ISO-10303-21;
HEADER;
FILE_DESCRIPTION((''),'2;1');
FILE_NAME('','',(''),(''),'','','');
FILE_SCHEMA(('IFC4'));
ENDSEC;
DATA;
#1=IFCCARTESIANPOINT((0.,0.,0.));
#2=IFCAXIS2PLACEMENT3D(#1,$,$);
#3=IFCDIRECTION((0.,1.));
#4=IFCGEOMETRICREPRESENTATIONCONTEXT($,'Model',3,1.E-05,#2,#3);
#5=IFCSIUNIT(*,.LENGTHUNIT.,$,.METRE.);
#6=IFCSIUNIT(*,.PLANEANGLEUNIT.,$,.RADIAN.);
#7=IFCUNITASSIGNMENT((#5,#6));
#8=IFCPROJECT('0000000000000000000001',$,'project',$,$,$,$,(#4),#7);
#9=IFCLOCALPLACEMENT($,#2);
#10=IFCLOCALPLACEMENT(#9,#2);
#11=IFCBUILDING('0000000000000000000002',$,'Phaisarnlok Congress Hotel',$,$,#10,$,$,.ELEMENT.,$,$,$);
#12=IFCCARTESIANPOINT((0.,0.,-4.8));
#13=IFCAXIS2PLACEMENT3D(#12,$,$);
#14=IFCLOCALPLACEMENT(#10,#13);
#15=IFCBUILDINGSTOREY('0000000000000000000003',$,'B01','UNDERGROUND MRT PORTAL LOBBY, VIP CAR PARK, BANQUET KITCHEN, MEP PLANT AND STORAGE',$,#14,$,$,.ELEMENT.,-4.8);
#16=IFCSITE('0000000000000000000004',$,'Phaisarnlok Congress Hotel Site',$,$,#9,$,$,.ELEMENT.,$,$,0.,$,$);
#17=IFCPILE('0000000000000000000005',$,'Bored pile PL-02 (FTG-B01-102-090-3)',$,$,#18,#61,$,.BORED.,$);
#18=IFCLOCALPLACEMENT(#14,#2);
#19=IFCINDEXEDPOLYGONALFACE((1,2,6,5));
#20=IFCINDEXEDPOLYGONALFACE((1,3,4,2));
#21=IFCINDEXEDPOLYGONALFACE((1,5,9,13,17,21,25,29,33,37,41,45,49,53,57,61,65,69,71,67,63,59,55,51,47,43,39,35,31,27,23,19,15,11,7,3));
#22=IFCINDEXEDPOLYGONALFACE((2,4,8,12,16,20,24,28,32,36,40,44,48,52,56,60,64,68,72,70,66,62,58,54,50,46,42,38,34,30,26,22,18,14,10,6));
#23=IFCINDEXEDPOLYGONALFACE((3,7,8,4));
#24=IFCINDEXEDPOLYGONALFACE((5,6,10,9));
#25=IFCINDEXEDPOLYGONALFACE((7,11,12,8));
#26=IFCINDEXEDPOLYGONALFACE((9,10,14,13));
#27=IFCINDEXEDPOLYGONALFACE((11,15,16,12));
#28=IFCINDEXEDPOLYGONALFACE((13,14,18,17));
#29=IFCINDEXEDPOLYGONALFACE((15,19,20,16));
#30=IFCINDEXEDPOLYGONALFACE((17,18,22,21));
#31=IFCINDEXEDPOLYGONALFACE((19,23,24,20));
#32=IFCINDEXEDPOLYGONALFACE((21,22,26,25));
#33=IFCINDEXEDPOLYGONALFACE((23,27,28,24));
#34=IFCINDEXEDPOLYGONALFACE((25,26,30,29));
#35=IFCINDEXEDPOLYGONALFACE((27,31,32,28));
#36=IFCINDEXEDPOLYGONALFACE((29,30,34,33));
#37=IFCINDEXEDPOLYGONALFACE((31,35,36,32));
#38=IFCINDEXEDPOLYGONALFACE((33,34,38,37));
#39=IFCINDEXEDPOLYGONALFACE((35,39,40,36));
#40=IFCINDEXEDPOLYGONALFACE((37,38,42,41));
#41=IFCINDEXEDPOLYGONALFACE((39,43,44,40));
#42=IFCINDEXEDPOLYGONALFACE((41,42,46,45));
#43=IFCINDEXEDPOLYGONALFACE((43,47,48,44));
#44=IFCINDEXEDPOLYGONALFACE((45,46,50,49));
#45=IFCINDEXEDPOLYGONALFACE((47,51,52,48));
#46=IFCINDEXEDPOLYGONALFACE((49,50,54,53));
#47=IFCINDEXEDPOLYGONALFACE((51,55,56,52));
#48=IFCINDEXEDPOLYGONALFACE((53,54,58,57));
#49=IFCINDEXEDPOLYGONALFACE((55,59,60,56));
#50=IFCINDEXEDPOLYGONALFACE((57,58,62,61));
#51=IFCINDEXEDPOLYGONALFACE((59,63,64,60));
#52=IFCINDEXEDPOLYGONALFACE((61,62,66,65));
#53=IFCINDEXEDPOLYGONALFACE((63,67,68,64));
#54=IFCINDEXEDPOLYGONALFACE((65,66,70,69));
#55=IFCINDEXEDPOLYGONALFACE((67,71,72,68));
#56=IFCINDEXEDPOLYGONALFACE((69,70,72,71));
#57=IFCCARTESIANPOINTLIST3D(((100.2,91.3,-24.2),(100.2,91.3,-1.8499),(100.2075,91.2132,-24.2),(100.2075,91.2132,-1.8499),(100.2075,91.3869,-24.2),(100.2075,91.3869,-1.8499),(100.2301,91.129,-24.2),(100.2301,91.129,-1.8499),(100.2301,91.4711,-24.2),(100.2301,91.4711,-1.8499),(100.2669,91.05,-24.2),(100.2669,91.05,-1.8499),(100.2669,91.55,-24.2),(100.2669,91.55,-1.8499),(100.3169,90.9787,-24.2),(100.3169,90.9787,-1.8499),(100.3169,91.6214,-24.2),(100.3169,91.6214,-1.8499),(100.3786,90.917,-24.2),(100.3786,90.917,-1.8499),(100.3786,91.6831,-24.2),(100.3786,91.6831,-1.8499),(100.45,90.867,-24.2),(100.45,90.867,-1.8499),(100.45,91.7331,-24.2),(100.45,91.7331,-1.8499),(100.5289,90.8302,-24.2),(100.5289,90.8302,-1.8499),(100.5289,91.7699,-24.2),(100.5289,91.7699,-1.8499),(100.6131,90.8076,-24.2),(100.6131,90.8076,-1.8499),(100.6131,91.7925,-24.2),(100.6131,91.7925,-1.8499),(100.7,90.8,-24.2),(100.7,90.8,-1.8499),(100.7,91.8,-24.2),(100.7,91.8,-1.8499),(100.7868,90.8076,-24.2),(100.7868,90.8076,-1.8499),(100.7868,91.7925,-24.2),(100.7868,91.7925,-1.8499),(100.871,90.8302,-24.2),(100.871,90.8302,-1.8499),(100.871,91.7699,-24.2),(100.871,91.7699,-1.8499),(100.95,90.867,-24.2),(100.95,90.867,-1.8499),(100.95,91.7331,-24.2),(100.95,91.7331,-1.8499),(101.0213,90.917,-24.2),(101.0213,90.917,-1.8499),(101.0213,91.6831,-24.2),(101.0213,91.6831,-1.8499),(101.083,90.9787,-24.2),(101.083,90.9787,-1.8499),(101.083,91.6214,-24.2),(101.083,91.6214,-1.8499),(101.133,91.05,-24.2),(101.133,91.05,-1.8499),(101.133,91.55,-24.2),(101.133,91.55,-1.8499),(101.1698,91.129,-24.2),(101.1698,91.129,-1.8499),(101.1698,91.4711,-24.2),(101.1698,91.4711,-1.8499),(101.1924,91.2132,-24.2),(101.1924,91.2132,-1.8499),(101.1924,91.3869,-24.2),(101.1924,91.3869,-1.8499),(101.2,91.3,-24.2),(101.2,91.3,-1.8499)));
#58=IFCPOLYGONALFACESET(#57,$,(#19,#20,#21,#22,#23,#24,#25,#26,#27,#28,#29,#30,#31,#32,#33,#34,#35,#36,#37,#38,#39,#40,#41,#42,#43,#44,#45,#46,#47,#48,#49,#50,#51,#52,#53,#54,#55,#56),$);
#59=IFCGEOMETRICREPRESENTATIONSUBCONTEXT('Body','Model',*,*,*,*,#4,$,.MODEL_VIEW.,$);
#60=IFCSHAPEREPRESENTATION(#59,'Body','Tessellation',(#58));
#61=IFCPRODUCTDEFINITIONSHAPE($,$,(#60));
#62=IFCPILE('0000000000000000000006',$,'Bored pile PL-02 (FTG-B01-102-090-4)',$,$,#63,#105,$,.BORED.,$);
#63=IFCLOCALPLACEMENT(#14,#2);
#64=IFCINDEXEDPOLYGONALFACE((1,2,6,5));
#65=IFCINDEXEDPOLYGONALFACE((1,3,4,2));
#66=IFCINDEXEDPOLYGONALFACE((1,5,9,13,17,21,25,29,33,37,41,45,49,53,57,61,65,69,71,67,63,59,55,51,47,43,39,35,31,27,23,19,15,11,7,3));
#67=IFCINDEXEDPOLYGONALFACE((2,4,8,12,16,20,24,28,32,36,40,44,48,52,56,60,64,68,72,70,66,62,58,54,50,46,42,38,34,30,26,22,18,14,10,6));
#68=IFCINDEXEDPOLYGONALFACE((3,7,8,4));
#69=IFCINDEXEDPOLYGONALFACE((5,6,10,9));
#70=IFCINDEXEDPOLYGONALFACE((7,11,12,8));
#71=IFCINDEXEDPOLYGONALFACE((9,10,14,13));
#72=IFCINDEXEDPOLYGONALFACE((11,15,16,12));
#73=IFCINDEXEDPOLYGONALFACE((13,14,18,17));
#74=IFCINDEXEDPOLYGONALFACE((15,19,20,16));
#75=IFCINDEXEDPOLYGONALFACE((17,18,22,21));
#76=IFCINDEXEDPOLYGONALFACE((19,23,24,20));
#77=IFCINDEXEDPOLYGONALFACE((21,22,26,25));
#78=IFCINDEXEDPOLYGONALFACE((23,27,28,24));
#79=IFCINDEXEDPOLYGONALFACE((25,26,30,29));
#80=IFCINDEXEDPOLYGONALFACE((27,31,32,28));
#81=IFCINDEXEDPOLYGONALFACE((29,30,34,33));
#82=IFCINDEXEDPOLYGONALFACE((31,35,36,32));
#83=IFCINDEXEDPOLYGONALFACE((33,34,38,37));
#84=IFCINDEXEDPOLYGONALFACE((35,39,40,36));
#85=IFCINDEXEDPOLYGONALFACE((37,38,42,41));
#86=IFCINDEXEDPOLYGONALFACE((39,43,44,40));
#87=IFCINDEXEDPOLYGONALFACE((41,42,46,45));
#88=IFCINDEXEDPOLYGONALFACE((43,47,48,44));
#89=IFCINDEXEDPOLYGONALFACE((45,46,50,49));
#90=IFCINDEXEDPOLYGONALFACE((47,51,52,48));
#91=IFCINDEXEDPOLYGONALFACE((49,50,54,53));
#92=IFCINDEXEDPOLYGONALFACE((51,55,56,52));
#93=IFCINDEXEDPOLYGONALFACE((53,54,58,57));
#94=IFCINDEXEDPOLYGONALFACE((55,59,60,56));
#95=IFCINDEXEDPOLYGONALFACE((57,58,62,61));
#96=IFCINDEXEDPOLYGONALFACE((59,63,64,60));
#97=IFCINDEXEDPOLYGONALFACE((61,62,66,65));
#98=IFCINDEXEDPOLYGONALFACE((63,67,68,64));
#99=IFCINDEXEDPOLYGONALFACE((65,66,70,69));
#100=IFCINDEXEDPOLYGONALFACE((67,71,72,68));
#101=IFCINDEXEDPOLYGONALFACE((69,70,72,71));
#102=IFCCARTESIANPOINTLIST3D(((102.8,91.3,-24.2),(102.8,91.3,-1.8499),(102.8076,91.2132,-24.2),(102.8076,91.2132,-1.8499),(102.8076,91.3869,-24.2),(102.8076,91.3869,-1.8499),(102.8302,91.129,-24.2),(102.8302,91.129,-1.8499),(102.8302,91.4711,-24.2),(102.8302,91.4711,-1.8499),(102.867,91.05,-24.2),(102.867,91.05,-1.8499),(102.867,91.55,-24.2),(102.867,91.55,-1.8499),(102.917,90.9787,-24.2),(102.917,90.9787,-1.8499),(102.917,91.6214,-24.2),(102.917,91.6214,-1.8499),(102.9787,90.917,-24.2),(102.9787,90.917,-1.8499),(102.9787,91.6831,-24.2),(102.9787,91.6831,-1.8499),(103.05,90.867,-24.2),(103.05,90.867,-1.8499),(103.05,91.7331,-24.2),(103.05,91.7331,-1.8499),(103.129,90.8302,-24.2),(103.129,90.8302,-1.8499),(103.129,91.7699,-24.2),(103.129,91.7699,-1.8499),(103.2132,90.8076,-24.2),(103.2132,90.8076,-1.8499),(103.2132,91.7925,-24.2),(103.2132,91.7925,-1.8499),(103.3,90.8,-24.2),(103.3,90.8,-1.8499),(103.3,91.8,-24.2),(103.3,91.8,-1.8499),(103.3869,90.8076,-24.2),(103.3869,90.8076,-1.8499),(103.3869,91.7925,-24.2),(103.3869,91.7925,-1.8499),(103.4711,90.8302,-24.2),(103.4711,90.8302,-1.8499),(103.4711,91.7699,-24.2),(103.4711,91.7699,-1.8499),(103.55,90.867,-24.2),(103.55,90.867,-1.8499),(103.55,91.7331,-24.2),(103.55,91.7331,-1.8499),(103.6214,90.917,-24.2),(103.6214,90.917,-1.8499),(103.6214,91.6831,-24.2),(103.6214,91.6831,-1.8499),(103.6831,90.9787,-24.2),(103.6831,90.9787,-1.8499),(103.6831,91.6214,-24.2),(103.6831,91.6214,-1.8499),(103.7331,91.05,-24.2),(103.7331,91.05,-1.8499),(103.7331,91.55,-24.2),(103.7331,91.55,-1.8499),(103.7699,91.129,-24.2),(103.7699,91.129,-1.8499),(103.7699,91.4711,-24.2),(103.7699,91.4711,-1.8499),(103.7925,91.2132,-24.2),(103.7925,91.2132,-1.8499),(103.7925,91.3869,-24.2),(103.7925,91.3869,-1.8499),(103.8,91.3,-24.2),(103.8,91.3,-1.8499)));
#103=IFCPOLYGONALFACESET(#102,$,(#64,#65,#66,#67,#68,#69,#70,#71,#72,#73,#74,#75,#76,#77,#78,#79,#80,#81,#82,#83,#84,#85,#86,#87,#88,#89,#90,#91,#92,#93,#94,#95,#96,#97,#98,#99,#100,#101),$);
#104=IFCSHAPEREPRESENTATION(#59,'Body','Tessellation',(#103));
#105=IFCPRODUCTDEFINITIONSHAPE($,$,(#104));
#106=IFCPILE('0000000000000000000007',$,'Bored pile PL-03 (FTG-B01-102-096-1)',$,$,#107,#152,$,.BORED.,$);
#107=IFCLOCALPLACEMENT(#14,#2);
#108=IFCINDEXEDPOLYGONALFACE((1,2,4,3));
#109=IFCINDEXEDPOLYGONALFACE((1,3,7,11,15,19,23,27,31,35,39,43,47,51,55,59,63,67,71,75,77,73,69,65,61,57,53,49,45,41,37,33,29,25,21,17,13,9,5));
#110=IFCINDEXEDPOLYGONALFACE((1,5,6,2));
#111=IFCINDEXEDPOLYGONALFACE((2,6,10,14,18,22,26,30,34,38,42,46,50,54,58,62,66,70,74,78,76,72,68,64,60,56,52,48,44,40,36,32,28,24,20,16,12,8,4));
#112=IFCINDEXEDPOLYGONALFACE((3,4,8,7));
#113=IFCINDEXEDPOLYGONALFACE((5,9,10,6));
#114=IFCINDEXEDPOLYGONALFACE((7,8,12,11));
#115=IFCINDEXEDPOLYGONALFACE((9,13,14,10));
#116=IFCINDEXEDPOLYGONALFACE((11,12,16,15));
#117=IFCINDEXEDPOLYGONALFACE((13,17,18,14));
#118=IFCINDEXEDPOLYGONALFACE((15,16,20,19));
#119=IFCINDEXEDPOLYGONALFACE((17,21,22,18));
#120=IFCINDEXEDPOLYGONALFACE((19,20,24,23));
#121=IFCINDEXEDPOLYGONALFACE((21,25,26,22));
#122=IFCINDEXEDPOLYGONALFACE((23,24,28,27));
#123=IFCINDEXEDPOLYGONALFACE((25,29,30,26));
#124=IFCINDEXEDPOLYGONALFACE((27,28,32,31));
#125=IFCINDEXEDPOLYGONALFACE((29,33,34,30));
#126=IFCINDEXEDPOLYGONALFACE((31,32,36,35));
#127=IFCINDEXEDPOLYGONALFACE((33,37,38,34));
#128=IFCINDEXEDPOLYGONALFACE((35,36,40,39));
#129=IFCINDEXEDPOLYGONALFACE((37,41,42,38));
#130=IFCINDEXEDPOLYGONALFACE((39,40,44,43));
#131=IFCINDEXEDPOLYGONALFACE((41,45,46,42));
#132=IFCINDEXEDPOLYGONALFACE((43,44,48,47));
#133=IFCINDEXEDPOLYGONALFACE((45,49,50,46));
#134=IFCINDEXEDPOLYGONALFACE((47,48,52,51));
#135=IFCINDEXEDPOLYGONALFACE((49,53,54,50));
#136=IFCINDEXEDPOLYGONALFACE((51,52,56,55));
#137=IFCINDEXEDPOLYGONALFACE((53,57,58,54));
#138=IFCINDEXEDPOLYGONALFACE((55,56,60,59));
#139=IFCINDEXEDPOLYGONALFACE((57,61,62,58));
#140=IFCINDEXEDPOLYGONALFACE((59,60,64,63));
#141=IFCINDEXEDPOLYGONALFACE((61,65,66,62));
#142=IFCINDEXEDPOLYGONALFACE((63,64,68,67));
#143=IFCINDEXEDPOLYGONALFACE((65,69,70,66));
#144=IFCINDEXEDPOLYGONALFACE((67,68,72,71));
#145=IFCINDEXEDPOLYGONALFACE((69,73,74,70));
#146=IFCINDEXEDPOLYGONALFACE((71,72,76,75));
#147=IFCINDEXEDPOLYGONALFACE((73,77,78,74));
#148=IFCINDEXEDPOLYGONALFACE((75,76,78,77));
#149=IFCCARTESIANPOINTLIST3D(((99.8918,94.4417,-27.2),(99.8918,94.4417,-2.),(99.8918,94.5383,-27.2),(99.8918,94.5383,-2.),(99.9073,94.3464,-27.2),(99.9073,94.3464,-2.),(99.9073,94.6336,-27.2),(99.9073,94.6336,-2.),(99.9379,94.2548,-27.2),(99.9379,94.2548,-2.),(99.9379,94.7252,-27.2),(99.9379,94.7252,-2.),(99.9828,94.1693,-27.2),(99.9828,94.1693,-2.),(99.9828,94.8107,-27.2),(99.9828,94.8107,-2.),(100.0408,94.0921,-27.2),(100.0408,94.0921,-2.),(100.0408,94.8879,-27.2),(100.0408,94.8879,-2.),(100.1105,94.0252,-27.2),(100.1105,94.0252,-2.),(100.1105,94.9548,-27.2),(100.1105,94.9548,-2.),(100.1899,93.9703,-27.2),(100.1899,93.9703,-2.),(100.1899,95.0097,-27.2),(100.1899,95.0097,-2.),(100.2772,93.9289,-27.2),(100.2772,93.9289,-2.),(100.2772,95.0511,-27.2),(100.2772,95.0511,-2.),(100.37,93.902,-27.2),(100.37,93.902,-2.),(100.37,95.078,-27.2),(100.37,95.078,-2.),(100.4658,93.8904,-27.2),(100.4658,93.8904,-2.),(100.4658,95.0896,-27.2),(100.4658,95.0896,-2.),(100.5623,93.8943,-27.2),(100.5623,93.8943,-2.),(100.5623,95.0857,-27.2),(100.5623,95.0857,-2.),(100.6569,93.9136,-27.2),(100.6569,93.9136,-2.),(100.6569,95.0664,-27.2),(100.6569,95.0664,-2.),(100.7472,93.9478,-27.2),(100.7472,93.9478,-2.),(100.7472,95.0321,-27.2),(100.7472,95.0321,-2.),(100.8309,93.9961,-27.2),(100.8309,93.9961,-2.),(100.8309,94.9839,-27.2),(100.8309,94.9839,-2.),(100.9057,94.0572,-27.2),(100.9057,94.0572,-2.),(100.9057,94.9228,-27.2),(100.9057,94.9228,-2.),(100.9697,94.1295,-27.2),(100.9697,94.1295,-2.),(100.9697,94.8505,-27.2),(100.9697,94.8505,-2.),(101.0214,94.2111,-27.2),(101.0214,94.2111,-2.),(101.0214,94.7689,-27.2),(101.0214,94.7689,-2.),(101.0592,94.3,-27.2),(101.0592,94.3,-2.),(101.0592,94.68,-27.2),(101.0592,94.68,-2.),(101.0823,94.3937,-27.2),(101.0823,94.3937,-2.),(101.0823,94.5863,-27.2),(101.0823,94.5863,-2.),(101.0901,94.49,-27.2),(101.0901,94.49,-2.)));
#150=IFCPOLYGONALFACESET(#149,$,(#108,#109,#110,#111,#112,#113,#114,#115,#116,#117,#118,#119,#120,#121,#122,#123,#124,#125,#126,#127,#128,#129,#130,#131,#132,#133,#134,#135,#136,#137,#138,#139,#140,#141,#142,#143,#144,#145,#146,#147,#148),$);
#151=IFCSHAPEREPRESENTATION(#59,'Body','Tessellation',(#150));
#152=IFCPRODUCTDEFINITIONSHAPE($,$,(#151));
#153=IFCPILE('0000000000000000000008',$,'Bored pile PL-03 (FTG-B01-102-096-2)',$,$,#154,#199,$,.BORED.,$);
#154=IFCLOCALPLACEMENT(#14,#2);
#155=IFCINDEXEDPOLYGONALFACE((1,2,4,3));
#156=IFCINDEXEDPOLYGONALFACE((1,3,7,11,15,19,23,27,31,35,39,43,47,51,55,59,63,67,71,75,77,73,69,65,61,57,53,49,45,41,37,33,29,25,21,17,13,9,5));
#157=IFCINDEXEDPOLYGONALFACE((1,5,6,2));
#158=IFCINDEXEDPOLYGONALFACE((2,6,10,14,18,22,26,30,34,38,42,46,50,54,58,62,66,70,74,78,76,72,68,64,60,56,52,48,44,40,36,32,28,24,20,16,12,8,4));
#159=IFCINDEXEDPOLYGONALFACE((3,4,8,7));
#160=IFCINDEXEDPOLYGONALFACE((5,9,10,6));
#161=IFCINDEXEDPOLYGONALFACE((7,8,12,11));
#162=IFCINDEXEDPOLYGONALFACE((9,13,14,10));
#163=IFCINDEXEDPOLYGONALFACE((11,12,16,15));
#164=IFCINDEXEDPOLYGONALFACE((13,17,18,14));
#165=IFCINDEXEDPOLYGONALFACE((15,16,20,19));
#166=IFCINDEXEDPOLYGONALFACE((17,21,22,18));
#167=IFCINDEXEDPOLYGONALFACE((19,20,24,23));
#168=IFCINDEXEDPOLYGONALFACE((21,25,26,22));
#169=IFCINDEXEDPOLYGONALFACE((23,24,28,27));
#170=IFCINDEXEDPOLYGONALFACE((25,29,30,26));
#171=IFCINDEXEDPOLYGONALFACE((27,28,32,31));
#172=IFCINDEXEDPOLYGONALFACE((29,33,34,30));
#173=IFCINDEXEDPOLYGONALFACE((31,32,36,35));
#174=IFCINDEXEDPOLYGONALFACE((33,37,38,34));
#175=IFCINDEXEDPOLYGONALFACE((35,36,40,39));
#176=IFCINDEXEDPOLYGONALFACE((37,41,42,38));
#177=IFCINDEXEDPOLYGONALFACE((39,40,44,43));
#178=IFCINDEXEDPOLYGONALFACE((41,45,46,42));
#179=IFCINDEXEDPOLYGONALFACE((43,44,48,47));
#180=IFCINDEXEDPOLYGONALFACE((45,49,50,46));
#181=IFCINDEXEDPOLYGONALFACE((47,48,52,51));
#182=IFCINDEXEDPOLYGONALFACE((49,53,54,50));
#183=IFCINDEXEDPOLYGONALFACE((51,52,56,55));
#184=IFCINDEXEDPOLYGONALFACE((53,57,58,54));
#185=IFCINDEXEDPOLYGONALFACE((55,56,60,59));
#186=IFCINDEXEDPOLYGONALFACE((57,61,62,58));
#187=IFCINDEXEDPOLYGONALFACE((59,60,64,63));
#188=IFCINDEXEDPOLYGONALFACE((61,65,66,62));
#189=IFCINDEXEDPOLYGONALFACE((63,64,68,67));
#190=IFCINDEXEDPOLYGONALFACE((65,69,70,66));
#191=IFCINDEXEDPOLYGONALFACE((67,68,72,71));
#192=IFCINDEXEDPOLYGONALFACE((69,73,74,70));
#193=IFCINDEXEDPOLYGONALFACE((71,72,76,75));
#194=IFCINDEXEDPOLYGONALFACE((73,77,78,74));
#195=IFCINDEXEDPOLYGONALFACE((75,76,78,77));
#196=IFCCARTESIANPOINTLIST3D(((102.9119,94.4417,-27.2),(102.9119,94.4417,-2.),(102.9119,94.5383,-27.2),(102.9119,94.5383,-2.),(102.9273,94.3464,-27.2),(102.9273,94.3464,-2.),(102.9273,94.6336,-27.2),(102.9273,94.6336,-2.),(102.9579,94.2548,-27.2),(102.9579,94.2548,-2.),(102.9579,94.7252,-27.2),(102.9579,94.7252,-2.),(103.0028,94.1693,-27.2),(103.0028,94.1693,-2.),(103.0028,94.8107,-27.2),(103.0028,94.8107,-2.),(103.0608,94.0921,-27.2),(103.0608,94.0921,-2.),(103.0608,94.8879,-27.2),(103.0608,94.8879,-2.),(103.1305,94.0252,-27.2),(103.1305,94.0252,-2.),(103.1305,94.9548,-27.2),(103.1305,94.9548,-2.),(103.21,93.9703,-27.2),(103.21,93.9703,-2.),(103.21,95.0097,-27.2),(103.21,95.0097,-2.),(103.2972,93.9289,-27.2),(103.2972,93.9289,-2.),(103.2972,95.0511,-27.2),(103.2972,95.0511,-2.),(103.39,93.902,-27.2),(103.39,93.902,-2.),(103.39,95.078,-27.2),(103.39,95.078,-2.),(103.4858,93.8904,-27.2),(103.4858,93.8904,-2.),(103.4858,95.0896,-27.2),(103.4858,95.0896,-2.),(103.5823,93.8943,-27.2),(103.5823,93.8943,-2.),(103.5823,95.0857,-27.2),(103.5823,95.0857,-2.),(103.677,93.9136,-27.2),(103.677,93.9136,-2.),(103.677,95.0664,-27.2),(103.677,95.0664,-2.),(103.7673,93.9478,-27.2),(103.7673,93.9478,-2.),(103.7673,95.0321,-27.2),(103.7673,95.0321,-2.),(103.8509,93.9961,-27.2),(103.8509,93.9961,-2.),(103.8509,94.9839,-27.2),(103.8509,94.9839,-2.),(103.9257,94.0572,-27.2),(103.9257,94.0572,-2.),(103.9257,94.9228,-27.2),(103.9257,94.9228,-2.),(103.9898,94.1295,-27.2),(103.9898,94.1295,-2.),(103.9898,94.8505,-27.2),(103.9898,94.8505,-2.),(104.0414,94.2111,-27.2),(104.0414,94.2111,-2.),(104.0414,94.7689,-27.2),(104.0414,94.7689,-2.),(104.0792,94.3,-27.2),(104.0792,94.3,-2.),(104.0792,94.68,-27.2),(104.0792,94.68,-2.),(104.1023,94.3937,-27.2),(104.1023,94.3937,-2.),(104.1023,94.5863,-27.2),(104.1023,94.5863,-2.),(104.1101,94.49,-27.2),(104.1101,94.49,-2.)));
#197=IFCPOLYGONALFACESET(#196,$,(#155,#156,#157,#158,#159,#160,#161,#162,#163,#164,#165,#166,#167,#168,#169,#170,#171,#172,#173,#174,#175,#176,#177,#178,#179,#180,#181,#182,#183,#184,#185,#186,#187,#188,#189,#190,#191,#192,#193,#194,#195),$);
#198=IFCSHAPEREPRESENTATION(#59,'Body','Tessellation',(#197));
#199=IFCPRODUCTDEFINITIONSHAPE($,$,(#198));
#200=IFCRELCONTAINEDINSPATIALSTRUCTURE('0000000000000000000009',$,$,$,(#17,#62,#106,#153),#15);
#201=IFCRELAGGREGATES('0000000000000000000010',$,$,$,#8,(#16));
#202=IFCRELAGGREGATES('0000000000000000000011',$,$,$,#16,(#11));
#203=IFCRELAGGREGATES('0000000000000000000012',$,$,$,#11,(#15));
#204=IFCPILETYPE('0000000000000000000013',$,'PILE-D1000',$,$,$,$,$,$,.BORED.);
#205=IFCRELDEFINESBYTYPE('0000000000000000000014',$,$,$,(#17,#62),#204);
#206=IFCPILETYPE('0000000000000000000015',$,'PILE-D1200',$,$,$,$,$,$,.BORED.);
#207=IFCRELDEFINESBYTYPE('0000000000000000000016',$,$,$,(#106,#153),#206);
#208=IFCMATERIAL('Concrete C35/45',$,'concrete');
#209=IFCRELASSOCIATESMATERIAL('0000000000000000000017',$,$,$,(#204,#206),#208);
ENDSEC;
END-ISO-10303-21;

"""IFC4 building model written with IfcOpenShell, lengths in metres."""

from ifc_helpers import new_model, si_unit, direction, frame, origin, origin_2d, place, context, subcontext, project, spatial, circle, extrude, material, material_profile, profile_set, type_object, element, save


model = new_model("IFC4")

# Units and contexts
model_context = context("Model", 3, precision=1e-05, world=origin(), true_north=direction((0.0, 1.0)))
body_context = subcontext(model_context, "Body", "Model", "MODEL_VIEW")
ifc_project = project(units=[si_unit("LENGTHUNIT", "METRE"), si_unit("PLANEANGLEUNIT", "RADIAN")], contexts=[model_context])

# Site, building, storey
site_placement = place(None, origin())
site = spatial("IfcSite", under=ifc_project, at=site_placement, Name="Phaisarnlok Congress Hotel Site", CompositionType="ELEMENT", RefElevation=0.0)
building_placement = place(site_placement, origin())
building = spatial("IfcBuilding", under=site, at=building_placement, Name="Phaisarnlok Congress Hotel", CompositionType="ELEMENT")
storey_placement = place(building_placement, frame((0.0, 0.0, -4.8)))
storey = spatial("IfcBuildingStorey", under=building, at=storey_placement, Name="B01", Description="UNDERGROUND MRT PORTAL LOBBY, VIP CAR PARK, BANQUET KITCHEN, MEP PLANT AND STORAGE", CompositionType="ELEMENT", Elevation=-4.8)

# Piles
ifc_material_1 = material(Name="Concrete C35/45", Category="concrete")
ifc_material_profile_1 = material_profile(ifc_material_1, circle(Radius=0.5, at=origin_2d()), Name="BORED PILE D1000")
ifc_profile_set_1 = profile_set([ifc_material_profile_1], Name="Concrete C35/45")
pile_type_1 = type_object("IfcPileType", Name="PILE-D1000", PredefinedType="BORED", material=ifc_profile_set_1)
for number, where, z_axis, x_axis, name in (
    (1, (100.7, 91.3, -1.8499), (0.0, 0.0, -1.0), (1.0, 0.0, 0.0), "Bored pile PL-02 (FTG-B01-102-090-3)"),
    (2, (103.3, 91.3, -1.8499), (0.0, 0.0, -1.0), (1.0, 0.0, 0.0), "Bored pile PL-02 (FTG-B01-102-090-4)"),
):
    element("IfcPile", number, at=place(storey_placement, frame(where, z_axis=z_axis, x_axis=x_axis)), inside=storey, type_object=pile_type_1, Name=name, PredefinedType="BORED", context=body_context, shape_type="SweptSolid", body=[
        extrude(circle(Radius=0.5, at=origin_2d()), origin(), (0.0, 0.0, 1.0), 22.3501),
    ])
ifc_material_profile_2 = material_profile(ifc_material_1, circle(Radius=0.6001, at=origin_2d()), Name="BORED PILE D1200")
ifc_profile_set_2 = profile_set([ifc_material_profile_2], Name="Concrete C35/45")
pile_type_2 = type_object("IfcPileType", Name="PILE-D1200", PredefinedType="BORED", material=ifc_profile_set_2)
for number, where, z_axis, x_axis, name in (
    (3, (100.49, 94.49, -2.0), (0.0, 0.0, -1.0), (1.0, 0.0, 0.0), "Bored pile PL-03 (FTG-B01-102-096-1)"),
    (4, (103.51, 94.49, -2.0), (0.0, 0.0, -1.0), (1.0, 0.0, 0.0), "Bored pile PL-03 (FTG-B01-102-096-2)"),
):
    element("IfcPile", number, at=place(storey_placement, frame(where, z_axis=z_axis, x_axis=x_axis)), inside=storey, type_object=pile_type_2, Name=name, PredefinedType="BORED", context=body_context, shape_type="SweptSolid", body=[
        extrude(circle(Radius=0.6001, at=origin_2d()), origin(), (0.0, 0.0, 1.0), 25.2),
    ])

save(model, "model.ifc")
